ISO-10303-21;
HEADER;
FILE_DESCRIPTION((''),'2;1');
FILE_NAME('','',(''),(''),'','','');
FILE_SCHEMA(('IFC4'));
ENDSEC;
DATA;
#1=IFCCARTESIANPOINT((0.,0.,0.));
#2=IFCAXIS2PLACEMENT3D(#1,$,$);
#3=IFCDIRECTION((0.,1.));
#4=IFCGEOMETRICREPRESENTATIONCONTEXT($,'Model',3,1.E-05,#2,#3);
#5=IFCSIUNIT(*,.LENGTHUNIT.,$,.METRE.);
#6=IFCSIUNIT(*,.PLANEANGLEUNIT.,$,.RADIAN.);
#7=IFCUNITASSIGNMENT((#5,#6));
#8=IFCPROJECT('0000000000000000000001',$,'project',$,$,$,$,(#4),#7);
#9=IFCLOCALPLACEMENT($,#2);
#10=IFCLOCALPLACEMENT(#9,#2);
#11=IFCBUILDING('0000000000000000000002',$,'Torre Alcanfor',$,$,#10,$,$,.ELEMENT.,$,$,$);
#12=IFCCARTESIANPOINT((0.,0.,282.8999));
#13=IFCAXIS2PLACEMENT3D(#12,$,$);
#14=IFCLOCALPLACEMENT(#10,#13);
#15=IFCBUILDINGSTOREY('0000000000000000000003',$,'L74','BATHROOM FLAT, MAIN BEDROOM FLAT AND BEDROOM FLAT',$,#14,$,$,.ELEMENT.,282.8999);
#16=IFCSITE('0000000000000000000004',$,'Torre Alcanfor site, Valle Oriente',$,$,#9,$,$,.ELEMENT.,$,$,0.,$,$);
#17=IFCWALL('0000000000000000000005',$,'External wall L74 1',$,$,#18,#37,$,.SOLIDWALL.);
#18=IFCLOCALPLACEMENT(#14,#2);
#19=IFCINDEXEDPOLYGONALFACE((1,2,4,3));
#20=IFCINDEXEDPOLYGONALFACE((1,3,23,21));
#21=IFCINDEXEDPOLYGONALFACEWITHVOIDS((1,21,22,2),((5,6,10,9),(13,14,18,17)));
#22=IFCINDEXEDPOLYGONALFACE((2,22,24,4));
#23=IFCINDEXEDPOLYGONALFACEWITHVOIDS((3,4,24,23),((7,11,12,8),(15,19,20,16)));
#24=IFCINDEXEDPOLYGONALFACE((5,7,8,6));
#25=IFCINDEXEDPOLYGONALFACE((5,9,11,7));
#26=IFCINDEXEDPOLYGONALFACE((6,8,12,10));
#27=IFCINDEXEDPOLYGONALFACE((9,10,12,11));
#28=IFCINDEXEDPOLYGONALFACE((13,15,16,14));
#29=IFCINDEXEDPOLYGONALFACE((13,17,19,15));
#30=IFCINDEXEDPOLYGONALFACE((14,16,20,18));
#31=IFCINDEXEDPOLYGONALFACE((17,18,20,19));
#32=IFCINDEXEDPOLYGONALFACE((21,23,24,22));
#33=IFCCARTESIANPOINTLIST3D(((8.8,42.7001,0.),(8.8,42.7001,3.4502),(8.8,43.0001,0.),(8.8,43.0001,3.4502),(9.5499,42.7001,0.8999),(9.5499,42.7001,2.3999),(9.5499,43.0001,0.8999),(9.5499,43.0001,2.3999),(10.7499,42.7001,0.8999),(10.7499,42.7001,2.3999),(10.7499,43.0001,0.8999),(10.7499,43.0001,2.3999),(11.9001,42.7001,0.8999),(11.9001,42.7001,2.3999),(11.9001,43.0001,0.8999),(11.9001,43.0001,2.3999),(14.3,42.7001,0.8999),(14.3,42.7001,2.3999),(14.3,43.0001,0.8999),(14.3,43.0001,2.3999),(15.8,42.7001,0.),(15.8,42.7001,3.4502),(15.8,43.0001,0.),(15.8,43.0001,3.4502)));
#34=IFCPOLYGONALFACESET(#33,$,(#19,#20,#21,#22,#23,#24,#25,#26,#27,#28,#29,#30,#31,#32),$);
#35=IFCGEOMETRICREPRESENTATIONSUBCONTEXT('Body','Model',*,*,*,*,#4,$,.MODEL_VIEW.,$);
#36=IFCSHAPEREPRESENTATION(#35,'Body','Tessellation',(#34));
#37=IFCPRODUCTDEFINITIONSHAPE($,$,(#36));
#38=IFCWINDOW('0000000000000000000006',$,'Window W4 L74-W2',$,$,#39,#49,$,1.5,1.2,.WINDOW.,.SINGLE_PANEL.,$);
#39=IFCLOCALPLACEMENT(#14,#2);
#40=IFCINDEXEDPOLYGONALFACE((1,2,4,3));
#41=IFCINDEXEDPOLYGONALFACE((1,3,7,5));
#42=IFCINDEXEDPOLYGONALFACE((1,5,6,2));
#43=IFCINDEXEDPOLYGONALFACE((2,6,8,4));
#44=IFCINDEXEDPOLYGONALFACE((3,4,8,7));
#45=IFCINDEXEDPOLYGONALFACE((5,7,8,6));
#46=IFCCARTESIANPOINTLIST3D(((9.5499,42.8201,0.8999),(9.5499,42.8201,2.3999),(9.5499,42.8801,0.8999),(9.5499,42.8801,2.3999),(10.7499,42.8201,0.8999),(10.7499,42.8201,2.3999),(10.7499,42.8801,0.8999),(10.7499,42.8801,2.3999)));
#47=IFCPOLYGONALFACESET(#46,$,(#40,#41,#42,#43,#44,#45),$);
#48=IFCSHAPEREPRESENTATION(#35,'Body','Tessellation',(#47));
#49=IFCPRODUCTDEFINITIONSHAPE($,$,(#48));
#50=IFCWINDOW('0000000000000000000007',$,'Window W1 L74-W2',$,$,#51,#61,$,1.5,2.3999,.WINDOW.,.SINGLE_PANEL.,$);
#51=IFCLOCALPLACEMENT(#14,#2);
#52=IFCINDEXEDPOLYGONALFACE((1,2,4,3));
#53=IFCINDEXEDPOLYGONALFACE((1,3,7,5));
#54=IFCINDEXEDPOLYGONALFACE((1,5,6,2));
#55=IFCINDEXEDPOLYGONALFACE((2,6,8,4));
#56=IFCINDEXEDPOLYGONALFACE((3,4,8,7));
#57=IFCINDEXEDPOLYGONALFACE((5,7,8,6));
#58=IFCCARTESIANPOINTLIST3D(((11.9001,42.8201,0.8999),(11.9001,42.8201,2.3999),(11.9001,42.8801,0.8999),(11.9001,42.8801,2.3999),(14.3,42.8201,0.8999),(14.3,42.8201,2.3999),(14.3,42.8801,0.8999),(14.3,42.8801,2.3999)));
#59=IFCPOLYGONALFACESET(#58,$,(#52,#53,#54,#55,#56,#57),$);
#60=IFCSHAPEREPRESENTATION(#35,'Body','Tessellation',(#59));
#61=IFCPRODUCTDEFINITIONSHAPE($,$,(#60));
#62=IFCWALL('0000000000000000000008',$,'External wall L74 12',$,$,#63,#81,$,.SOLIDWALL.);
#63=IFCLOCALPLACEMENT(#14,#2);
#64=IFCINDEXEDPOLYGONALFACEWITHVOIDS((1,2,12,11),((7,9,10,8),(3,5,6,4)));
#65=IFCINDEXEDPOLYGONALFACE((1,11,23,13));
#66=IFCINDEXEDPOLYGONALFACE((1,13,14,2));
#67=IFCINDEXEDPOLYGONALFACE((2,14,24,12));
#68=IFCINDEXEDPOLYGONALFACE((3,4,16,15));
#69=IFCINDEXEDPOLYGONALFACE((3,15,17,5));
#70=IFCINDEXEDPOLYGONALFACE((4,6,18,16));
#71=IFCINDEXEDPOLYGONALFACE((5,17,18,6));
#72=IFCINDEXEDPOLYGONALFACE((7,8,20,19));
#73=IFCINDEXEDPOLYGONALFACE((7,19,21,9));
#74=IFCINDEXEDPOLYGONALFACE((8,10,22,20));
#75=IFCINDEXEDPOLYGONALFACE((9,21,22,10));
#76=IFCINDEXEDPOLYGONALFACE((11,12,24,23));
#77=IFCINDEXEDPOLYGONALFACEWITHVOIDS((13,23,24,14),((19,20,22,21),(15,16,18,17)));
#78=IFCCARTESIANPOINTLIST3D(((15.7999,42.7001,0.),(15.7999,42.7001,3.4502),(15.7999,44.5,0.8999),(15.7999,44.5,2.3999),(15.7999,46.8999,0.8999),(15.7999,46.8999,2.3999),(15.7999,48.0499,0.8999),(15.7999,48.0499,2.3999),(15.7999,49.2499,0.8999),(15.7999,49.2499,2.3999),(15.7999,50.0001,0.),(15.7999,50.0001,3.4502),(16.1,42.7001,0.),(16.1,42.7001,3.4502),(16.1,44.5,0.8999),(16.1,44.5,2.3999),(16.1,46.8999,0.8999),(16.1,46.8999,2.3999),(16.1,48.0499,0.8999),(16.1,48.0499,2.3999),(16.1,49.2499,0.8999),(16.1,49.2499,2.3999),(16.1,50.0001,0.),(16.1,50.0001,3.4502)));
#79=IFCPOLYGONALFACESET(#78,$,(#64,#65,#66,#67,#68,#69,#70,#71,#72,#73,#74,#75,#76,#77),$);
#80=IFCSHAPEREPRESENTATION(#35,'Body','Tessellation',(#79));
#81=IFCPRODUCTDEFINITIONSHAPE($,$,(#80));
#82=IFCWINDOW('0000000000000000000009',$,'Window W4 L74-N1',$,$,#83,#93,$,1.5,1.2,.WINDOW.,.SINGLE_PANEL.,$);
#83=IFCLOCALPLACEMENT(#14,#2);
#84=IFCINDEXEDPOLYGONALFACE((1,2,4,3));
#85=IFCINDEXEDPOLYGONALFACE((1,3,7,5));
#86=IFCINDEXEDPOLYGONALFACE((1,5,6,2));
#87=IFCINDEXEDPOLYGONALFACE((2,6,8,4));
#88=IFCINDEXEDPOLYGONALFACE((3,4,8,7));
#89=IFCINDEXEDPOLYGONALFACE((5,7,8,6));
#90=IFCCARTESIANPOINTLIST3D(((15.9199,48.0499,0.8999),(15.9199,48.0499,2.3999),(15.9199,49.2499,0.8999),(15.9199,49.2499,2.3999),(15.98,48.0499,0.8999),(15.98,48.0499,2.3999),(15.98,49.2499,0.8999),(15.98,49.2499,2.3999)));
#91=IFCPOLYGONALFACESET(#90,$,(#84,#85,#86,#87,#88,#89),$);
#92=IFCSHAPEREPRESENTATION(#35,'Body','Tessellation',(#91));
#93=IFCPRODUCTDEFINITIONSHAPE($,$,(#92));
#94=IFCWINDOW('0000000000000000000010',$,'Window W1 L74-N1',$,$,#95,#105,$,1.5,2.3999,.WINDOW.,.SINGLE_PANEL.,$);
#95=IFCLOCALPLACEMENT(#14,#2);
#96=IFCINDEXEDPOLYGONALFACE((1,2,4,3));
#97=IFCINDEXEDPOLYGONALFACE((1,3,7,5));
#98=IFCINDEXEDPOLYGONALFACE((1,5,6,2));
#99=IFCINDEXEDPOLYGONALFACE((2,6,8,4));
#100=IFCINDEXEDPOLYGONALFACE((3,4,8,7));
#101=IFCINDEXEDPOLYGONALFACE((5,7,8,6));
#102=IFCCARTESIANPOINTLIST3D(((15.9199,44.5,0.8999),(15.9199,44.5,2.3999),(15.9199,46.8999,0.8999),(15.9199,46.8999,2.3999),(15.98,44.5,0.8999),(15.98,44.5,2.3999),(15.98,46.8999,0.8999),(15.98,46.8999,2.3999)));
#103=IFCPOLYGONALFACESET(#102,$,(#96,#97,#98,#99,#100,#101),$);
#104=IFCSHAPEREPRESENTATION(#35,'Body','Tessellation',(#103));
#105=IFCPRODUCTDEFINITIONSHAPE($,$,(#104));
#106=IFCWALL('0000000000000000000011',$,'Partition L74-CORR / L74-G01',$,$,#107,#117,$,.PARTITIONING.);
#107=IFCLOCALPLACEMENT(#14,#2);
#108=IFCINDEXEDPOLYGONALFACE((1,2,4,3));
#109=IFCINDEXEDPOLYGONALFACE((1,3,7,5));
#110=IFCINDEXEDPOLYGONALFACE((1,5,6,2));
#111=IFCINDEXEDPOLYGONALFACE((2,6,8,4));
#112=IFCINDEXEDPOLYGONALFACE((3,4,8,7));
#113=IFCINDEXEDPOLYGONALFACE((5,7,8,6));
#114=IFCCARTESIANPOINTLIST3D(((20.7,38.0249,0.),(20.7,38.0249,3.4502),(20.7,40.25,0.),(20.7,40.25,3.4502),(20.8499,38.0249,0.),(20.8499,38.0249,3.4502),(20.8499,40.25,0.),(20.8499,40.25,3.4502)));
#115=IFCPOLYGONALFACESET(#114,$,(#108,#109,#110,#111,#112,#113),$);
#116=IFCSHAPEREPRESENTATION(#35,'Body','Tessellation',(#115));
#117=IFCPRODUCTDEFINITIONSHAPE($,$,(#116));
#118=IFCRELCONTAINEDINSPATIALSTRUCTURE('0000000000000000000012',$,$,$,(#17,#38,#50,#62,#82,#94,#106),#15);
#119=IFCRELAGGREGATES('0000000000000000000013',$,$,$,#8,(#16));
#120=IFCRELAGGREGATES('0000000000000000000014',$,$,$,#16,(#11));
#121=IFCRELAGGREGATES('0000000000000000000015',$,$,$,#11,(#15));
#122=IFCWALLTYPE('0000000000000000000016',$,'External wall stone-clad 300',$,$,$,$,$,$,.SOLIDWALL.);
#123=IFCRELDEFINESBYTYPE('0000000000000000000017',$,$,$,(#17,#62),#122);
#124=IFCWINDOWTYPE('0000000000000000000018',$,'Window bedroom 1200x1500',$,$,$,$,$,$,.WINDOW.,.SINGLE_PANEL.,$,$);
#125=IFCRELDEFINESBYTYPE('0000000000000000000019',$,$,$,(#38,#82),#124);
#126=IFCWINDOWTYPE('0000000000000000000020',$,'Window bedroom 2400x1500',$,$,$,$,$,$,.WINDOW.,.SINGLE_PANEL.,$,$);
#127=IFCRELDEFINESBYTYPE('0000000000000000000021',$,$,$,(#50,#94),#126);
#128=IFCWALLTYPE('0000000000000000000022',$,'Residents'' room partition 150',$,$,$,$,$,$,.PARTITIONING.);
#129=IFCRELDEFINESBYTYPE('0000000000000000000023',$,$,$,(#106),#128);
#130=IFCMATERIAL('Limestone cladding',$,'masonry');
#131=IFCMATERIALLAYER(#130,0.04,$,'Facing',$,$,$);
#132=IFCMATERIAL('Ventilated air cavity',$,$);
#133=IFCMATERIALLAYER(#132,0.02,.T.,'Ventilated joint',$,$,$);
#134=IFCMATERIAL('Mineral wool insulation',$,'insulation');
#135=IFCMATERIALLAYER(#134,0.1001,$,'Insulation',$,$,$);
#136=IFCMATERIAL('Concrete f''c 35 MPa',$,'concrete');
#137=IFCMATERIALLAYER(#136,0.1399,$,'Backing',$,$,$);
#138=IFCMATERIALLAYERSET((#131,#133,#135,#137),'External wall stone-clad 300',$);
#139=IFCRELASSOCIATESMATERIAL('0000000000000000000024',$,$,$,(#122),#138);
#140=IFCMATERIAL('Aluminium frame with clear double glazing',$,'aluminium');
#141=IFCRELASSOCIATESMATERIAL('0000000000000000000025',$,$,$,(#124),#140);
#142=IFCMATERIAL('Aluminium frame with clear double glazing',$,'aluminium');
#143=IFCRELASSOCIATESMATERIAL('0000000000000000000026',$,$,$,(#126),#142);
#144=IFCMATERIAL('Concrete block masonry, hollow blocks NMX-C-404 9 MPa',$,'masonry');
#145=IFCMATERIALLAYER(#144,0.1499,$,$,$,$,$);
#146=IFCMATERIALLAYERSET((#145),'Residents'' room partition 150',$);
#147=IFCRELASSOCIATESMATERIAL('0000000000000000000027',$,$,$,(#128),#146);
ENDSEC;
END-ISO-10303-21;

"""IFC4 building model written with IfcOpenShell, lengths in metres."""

from ifc_helpers import new_model, si_unit, direction, frame, frame_2d, origin, place, context, subcontext, project, spatial, rectangle, extrude, material, layer, layer_set, type_object, element, fill, save


model = new_model("IFC4")

# Units and contexts
model_context = context("Model", 3, precision=1e-05, world=origin(), true_north=direction((0.0, 1.0)))
body_context = subcontext(model_context, "Body", "Model", "MODEL_VIEW")
ifc_project = project(units=[si_unit("LENGTHUNIT", "METRE"), si_unit("PLANEANGLEUNIT", "RADIAN")], contexts=[model_context])

# Site, building, storey
site_placement = place(None, origin())
site = spatial("IfcSite", under=ifc_project, at=site_placement, Name="Torre Alcanfor site, Valle Oriente", CompositionType="ELEMENT", RefElevation=0.0)
building_placement = place(site_placement, origin())
building = spatial("IfcBuilding", under=site, at=building_placement, Name="Torre Alcanfor", CompositionType="ELEMENT")
storey_placement = place(building_placement, frame((0.0, 0.0, 282.8999)))
storey = spatial("IfcBuildingStorey", under=building, at=storey_placement, Name="L74", Description="BATHROOM FLAT, MAIN BEDROOM FLAT AND BEDROOM FLAT", CompositionType="ELEMENT", Elevation=282.8999)

# Walls, openings, windows
ifc_material_1 = material(Name="Limestone cladding", Category="masonry")
ifc_layer_1 = layer(ifc_material_1, 0.04, Name="Facing")
ifc_material_2 = material(Name="Ventilated air cavity")
ifc_layer_2 = layer(ifc_material_2, 0.02, ventilated=True, Name="Ventilated joint")
ifc_material_3 = material(Name="Mineral wool insulation", Category="insulation")
ifc_layer_3 = layer(ifc_material_3, 0.1001, Name="Insulation")
ifc_material_4 = material(Name="Concrete f'c 35 MPa", Category="concrete")
ifc_layer_4 = layer(ifc_material_4, 0.1399, Name="Backing")
ifc_layer_set_1 = layer_set([ifc_layer_1, ifc_layer_2, ifc_layer_3, ifc_layer_4], Name="External wall stone-clad 300")
wall_type_1 = type_object("IfcWallType", Name="External wall stone-clad 300", PredefinedType="SOLIDWALL", material=ifc_layer_set_1)
wall_1_placement = place(storey_placement, frame((15.8, 42.8501, 0.0), z_axis=(0.0, 0.0, 1.0), x_axis=(-1.0, 0.0, 0.0)))
wall_1 = element("IfcWall", 1, at=wall_1_placement, inside=storey, type_object=wall_type_1, Name="External wall L74 1", PredefinedType="SOLIDWALL", context=body_context, shape_type="SweptSolid", body=[
    extrude(rectangle(XDim=7.0, YDim=0.3, at=frame_2d((3.5, 0.0))), origin(), (0.0, 0.0, 1.0), 3.4502),
])
opening_1_placement = place(wall_1_placement, frame((1.5, 0.0, 0.8999)))
opening_1 = element("IfcOpeningElement", 2, at=opening_1_placement, cuts=wall_1, PredefinedType="OPENING", context=body_context, shape_type="SweptSolid", body=[
    extrude(rectangle(XDim=2.3999, YDim=1.5, at=frame_2d((1.2, 0.75))), frame((0.0, 0.1599, 0.0), z_axis=(0.0, -1.0, 0.0), x_axis=(1.0, 0.0, 0.0)), (0.0, 0.0, 1.0), 0.3201),
])
opening_2_placement = place(wall_1_placement, frame((5.05, 0.0, 0.8999)))
opening_2 = element("IfcOpeningElement", 3, at=opening_2_placement, cuts=wall_1, PredefinedType="OPENING", context=body_context, shape_type="SweptSolid", body=[
    extrude(rectangle(XDim=1.2, YDim=1.5, at=frame_2d((0.6001, 0.75))), frame((0.0, 0.1599, 0.0), z_axis=(0.0, -1.0, 0.0), x_axis=(1.0, 0.0, 0.0)), (0.0, 0.0, 1.0), 0.3201),
])
ifc_material_5 = material(Name="Aluminium frame with clear double glazing", Category="aluminium")
window_type_1 = type_object("IfcWindowType", Name="Window bedroom 1200x1500", PartitioningType="SINGLE_PANEL", PredefinedType="WINDOW", material=ifc_material_5)
window_1_placement = place(opening_2_placement, origin())
window_1 = element("IfcWindow", 4, at=window_1_placement, inside=storey, type_object=window_type_1, Name="Window W4 L74-W2", OverallHeight=1.5, OverallWidth=1.2, PartitioningType="SINGLE_PANEL", PredefinedType="WINDOW", context=body_context, shape_type="SweptSolid", body=[
    extrude(rectangle(XDim=1.2, YDim=1.5, at=frame_2d((0.6001, 0.75))), frame((0.0, 0.03, 0.0), z_axis=(0.0, -1.0, 0.0), x_axis=(1.0, 0.0, 0.0)), (0.0, 0.0, 1.0), 0.0601),
])
fill(opening_2, window_1)
ifc_material_6 = material(Name="Aluminium frame with clear double glazing", Category="aluminium")
window_type_2 = type_object("IfcWindowType", Name="Window bedroom 2400x1500", PartitioningType="SINGLE_PANEL", PredefinedType="WINDOW", material=ifc_material_6)
window_2_placement = place(opening_1_placement, origin())
window_2 = element("IfcWindow", 5, at=window_2_placement, inside=storey, type_object=window_type_2, Name="Window W1 L74-W2", OverallHeight=1.5, OverallWidth=2.3999, PartitioningType="SINGLE_PANEL", PredefinedType="WINDOW", context=body_context, shape_type="SweptSolid", body=[
    extrude(rectangle(XDim=2.3999, YDim=1.5, at=frame_2d((1.2, 0.75))), frame((0.0, 0.03, 0.0), z_axis=(0.0, -1.0, 0.0), x_axis=(1.0, 0.0, 0.0)), (0.0, 0.0, 1.0), 0.0601),
])
fill(opening_1, window_2)
wall_2_placement = place(storey_placement, frame((15.95, 50.0, 0.0), z_axis=(0.0, 0.0, 1.0), x_axis=(0.0, -1.0, 0.0)))
wall_2 = element("IfcWall", 6, at=wall_2_placement, inside=storey, type_object=wall_type_1, Name="External wall L74 12", PredefinedType="SOLIDWALL", context=body_context, shape_type="SweptSolid", body=[
    extrude(rectangle(XDim=7.3, YDim=0.3, at=frame_2d((3.6499, 0.0))), origin(), (0.0, 0.0, 1.0), 3.4502),
])
opening_3_placement = place(wall_2_placement, frame((3.1001, 0.0, 0.8999)))
opening_3 = element("IfcOpeningElement", 7, at=opening_3_placement, cuts=wall_2, PredefinedType="OPENING", context=body_context, shape_type="SweptSolid", body=[
    extrude(rectangle(XDim=2.3999, YDim=1.5, at=frame_2d((1.2, 0.75))), frame((0.0, 0.1599, 0.0), z_axis=(0.0, -1.0, 0.0), x_axis=(1.0, 0.0, 0.0)), (0.0, 0.0, 1.0), 0.3201),
])
opening_4_placement = place(wall_2_placement, frame((0.75, 0.0, 0.8999)))
opening_4 = element("IfcOpeningElement", 8, at=opening_4_placement, cuts=wall_2, PredefinedType="OPENING", context=body_context, shape_type="SweptSolid", body=[
    extrude(rectangle(XDim=1.2, YDim=1.5, at=frame_2d((0.6001, 0.75))), frame((0.0, 0.1599, 0.0), z_axis=(0.0, -1.0, 0.0), x_axis=(1.0, 0.0, 0.0)), (0.0, 0.0, 1.0), 0.3201),
])
window_3_placement = place(opening_4_placement, origin())
window_3 = element("IfcWindow", 9, at=window_3_placement, inside=storey, type_object=window_type_1, Name="Window W4 L74-N1", OverallHeight=1.5, OverallWidth=1.2, PartitioningType="SINGLE_PANEL", PredefinedType="WINDOW", context=body_context, shape_type="SweptSolid", body=[
    extrude(rectangle(XDim=1.2, YDim=1.5, at=frame_2d((0.6001, 0.75))), frame((0.0, 0.03, 0.0), z_axis=(0.0, -1.0, 0.0), x_axis=(1.0, 0.0, 0.0)), (0.0, 0.0, 1.0), 0.0601),
])
fill(opening_4, window_3)
window_4_placement = place(opening_3_placement, origin())
window_4 = element("IfcWindow", 10, at=window_4_placement, inside=storey, type_object=window_type_2, Name="Window W1 L74-N1", OverallHeight=1.5, OverallWidth=2.3999, PartitioningType="SINGLE_PANEL", PredefinedType="WINDOW", context=body_context, shape_type="SweptSolid", body=[
    extrude(rectangle(XDim=2.3999, YDim=1.5, at=frame_2d((1.2, 0.75))), frame((0.0, 0.03, 0.0), z_axis=(0.0, -1.0, 0.0), x_axis=(1.0, 0.0, 0.0)), (0.0, 0.0, 1.0), 0.0601),
])
fill(opening_3, window_4)

# Wall
ifc_material_7 = material(Name="Concrete block masonry, hollow blocks NMX-C-404 9 MPa", Category="masonry")
ifc_layer_5 = layer(ifc_material_7, 0.1499)
ifc_layer_set_2 = layer_set([ifc_layer_5], Name="Residents' room partition 150")
wall_type_2 = type_object("IfcWallType", Name="Residents' room partition 150", PredefinedType="PARTITIONING", material=ifc_layer_set_2)
wall_3_placement = place(storey_placement, frame((20.7749, 40.25, 0.0), z_axis=(0.0, 0.0, 1.0), x_axis=(0.0, -1.0, 0.0)))
element("IfcWall", 11, at=wall_3_placement, inside=storey, type_object=wall_type_2, Name="Partition L74-CORR / L74-G01", PredefinedType="PARTITIONING", context=body_context, shape_type="SweptSolid", body=[
    extrude(rectangle(XDim=2.2251, YDim=0.1499, at=frame_2d((1.1125, 0.0))), origin(), (0.0, 0.0, 1.0), 3.4502),
])

save(model, "model.ifc")
